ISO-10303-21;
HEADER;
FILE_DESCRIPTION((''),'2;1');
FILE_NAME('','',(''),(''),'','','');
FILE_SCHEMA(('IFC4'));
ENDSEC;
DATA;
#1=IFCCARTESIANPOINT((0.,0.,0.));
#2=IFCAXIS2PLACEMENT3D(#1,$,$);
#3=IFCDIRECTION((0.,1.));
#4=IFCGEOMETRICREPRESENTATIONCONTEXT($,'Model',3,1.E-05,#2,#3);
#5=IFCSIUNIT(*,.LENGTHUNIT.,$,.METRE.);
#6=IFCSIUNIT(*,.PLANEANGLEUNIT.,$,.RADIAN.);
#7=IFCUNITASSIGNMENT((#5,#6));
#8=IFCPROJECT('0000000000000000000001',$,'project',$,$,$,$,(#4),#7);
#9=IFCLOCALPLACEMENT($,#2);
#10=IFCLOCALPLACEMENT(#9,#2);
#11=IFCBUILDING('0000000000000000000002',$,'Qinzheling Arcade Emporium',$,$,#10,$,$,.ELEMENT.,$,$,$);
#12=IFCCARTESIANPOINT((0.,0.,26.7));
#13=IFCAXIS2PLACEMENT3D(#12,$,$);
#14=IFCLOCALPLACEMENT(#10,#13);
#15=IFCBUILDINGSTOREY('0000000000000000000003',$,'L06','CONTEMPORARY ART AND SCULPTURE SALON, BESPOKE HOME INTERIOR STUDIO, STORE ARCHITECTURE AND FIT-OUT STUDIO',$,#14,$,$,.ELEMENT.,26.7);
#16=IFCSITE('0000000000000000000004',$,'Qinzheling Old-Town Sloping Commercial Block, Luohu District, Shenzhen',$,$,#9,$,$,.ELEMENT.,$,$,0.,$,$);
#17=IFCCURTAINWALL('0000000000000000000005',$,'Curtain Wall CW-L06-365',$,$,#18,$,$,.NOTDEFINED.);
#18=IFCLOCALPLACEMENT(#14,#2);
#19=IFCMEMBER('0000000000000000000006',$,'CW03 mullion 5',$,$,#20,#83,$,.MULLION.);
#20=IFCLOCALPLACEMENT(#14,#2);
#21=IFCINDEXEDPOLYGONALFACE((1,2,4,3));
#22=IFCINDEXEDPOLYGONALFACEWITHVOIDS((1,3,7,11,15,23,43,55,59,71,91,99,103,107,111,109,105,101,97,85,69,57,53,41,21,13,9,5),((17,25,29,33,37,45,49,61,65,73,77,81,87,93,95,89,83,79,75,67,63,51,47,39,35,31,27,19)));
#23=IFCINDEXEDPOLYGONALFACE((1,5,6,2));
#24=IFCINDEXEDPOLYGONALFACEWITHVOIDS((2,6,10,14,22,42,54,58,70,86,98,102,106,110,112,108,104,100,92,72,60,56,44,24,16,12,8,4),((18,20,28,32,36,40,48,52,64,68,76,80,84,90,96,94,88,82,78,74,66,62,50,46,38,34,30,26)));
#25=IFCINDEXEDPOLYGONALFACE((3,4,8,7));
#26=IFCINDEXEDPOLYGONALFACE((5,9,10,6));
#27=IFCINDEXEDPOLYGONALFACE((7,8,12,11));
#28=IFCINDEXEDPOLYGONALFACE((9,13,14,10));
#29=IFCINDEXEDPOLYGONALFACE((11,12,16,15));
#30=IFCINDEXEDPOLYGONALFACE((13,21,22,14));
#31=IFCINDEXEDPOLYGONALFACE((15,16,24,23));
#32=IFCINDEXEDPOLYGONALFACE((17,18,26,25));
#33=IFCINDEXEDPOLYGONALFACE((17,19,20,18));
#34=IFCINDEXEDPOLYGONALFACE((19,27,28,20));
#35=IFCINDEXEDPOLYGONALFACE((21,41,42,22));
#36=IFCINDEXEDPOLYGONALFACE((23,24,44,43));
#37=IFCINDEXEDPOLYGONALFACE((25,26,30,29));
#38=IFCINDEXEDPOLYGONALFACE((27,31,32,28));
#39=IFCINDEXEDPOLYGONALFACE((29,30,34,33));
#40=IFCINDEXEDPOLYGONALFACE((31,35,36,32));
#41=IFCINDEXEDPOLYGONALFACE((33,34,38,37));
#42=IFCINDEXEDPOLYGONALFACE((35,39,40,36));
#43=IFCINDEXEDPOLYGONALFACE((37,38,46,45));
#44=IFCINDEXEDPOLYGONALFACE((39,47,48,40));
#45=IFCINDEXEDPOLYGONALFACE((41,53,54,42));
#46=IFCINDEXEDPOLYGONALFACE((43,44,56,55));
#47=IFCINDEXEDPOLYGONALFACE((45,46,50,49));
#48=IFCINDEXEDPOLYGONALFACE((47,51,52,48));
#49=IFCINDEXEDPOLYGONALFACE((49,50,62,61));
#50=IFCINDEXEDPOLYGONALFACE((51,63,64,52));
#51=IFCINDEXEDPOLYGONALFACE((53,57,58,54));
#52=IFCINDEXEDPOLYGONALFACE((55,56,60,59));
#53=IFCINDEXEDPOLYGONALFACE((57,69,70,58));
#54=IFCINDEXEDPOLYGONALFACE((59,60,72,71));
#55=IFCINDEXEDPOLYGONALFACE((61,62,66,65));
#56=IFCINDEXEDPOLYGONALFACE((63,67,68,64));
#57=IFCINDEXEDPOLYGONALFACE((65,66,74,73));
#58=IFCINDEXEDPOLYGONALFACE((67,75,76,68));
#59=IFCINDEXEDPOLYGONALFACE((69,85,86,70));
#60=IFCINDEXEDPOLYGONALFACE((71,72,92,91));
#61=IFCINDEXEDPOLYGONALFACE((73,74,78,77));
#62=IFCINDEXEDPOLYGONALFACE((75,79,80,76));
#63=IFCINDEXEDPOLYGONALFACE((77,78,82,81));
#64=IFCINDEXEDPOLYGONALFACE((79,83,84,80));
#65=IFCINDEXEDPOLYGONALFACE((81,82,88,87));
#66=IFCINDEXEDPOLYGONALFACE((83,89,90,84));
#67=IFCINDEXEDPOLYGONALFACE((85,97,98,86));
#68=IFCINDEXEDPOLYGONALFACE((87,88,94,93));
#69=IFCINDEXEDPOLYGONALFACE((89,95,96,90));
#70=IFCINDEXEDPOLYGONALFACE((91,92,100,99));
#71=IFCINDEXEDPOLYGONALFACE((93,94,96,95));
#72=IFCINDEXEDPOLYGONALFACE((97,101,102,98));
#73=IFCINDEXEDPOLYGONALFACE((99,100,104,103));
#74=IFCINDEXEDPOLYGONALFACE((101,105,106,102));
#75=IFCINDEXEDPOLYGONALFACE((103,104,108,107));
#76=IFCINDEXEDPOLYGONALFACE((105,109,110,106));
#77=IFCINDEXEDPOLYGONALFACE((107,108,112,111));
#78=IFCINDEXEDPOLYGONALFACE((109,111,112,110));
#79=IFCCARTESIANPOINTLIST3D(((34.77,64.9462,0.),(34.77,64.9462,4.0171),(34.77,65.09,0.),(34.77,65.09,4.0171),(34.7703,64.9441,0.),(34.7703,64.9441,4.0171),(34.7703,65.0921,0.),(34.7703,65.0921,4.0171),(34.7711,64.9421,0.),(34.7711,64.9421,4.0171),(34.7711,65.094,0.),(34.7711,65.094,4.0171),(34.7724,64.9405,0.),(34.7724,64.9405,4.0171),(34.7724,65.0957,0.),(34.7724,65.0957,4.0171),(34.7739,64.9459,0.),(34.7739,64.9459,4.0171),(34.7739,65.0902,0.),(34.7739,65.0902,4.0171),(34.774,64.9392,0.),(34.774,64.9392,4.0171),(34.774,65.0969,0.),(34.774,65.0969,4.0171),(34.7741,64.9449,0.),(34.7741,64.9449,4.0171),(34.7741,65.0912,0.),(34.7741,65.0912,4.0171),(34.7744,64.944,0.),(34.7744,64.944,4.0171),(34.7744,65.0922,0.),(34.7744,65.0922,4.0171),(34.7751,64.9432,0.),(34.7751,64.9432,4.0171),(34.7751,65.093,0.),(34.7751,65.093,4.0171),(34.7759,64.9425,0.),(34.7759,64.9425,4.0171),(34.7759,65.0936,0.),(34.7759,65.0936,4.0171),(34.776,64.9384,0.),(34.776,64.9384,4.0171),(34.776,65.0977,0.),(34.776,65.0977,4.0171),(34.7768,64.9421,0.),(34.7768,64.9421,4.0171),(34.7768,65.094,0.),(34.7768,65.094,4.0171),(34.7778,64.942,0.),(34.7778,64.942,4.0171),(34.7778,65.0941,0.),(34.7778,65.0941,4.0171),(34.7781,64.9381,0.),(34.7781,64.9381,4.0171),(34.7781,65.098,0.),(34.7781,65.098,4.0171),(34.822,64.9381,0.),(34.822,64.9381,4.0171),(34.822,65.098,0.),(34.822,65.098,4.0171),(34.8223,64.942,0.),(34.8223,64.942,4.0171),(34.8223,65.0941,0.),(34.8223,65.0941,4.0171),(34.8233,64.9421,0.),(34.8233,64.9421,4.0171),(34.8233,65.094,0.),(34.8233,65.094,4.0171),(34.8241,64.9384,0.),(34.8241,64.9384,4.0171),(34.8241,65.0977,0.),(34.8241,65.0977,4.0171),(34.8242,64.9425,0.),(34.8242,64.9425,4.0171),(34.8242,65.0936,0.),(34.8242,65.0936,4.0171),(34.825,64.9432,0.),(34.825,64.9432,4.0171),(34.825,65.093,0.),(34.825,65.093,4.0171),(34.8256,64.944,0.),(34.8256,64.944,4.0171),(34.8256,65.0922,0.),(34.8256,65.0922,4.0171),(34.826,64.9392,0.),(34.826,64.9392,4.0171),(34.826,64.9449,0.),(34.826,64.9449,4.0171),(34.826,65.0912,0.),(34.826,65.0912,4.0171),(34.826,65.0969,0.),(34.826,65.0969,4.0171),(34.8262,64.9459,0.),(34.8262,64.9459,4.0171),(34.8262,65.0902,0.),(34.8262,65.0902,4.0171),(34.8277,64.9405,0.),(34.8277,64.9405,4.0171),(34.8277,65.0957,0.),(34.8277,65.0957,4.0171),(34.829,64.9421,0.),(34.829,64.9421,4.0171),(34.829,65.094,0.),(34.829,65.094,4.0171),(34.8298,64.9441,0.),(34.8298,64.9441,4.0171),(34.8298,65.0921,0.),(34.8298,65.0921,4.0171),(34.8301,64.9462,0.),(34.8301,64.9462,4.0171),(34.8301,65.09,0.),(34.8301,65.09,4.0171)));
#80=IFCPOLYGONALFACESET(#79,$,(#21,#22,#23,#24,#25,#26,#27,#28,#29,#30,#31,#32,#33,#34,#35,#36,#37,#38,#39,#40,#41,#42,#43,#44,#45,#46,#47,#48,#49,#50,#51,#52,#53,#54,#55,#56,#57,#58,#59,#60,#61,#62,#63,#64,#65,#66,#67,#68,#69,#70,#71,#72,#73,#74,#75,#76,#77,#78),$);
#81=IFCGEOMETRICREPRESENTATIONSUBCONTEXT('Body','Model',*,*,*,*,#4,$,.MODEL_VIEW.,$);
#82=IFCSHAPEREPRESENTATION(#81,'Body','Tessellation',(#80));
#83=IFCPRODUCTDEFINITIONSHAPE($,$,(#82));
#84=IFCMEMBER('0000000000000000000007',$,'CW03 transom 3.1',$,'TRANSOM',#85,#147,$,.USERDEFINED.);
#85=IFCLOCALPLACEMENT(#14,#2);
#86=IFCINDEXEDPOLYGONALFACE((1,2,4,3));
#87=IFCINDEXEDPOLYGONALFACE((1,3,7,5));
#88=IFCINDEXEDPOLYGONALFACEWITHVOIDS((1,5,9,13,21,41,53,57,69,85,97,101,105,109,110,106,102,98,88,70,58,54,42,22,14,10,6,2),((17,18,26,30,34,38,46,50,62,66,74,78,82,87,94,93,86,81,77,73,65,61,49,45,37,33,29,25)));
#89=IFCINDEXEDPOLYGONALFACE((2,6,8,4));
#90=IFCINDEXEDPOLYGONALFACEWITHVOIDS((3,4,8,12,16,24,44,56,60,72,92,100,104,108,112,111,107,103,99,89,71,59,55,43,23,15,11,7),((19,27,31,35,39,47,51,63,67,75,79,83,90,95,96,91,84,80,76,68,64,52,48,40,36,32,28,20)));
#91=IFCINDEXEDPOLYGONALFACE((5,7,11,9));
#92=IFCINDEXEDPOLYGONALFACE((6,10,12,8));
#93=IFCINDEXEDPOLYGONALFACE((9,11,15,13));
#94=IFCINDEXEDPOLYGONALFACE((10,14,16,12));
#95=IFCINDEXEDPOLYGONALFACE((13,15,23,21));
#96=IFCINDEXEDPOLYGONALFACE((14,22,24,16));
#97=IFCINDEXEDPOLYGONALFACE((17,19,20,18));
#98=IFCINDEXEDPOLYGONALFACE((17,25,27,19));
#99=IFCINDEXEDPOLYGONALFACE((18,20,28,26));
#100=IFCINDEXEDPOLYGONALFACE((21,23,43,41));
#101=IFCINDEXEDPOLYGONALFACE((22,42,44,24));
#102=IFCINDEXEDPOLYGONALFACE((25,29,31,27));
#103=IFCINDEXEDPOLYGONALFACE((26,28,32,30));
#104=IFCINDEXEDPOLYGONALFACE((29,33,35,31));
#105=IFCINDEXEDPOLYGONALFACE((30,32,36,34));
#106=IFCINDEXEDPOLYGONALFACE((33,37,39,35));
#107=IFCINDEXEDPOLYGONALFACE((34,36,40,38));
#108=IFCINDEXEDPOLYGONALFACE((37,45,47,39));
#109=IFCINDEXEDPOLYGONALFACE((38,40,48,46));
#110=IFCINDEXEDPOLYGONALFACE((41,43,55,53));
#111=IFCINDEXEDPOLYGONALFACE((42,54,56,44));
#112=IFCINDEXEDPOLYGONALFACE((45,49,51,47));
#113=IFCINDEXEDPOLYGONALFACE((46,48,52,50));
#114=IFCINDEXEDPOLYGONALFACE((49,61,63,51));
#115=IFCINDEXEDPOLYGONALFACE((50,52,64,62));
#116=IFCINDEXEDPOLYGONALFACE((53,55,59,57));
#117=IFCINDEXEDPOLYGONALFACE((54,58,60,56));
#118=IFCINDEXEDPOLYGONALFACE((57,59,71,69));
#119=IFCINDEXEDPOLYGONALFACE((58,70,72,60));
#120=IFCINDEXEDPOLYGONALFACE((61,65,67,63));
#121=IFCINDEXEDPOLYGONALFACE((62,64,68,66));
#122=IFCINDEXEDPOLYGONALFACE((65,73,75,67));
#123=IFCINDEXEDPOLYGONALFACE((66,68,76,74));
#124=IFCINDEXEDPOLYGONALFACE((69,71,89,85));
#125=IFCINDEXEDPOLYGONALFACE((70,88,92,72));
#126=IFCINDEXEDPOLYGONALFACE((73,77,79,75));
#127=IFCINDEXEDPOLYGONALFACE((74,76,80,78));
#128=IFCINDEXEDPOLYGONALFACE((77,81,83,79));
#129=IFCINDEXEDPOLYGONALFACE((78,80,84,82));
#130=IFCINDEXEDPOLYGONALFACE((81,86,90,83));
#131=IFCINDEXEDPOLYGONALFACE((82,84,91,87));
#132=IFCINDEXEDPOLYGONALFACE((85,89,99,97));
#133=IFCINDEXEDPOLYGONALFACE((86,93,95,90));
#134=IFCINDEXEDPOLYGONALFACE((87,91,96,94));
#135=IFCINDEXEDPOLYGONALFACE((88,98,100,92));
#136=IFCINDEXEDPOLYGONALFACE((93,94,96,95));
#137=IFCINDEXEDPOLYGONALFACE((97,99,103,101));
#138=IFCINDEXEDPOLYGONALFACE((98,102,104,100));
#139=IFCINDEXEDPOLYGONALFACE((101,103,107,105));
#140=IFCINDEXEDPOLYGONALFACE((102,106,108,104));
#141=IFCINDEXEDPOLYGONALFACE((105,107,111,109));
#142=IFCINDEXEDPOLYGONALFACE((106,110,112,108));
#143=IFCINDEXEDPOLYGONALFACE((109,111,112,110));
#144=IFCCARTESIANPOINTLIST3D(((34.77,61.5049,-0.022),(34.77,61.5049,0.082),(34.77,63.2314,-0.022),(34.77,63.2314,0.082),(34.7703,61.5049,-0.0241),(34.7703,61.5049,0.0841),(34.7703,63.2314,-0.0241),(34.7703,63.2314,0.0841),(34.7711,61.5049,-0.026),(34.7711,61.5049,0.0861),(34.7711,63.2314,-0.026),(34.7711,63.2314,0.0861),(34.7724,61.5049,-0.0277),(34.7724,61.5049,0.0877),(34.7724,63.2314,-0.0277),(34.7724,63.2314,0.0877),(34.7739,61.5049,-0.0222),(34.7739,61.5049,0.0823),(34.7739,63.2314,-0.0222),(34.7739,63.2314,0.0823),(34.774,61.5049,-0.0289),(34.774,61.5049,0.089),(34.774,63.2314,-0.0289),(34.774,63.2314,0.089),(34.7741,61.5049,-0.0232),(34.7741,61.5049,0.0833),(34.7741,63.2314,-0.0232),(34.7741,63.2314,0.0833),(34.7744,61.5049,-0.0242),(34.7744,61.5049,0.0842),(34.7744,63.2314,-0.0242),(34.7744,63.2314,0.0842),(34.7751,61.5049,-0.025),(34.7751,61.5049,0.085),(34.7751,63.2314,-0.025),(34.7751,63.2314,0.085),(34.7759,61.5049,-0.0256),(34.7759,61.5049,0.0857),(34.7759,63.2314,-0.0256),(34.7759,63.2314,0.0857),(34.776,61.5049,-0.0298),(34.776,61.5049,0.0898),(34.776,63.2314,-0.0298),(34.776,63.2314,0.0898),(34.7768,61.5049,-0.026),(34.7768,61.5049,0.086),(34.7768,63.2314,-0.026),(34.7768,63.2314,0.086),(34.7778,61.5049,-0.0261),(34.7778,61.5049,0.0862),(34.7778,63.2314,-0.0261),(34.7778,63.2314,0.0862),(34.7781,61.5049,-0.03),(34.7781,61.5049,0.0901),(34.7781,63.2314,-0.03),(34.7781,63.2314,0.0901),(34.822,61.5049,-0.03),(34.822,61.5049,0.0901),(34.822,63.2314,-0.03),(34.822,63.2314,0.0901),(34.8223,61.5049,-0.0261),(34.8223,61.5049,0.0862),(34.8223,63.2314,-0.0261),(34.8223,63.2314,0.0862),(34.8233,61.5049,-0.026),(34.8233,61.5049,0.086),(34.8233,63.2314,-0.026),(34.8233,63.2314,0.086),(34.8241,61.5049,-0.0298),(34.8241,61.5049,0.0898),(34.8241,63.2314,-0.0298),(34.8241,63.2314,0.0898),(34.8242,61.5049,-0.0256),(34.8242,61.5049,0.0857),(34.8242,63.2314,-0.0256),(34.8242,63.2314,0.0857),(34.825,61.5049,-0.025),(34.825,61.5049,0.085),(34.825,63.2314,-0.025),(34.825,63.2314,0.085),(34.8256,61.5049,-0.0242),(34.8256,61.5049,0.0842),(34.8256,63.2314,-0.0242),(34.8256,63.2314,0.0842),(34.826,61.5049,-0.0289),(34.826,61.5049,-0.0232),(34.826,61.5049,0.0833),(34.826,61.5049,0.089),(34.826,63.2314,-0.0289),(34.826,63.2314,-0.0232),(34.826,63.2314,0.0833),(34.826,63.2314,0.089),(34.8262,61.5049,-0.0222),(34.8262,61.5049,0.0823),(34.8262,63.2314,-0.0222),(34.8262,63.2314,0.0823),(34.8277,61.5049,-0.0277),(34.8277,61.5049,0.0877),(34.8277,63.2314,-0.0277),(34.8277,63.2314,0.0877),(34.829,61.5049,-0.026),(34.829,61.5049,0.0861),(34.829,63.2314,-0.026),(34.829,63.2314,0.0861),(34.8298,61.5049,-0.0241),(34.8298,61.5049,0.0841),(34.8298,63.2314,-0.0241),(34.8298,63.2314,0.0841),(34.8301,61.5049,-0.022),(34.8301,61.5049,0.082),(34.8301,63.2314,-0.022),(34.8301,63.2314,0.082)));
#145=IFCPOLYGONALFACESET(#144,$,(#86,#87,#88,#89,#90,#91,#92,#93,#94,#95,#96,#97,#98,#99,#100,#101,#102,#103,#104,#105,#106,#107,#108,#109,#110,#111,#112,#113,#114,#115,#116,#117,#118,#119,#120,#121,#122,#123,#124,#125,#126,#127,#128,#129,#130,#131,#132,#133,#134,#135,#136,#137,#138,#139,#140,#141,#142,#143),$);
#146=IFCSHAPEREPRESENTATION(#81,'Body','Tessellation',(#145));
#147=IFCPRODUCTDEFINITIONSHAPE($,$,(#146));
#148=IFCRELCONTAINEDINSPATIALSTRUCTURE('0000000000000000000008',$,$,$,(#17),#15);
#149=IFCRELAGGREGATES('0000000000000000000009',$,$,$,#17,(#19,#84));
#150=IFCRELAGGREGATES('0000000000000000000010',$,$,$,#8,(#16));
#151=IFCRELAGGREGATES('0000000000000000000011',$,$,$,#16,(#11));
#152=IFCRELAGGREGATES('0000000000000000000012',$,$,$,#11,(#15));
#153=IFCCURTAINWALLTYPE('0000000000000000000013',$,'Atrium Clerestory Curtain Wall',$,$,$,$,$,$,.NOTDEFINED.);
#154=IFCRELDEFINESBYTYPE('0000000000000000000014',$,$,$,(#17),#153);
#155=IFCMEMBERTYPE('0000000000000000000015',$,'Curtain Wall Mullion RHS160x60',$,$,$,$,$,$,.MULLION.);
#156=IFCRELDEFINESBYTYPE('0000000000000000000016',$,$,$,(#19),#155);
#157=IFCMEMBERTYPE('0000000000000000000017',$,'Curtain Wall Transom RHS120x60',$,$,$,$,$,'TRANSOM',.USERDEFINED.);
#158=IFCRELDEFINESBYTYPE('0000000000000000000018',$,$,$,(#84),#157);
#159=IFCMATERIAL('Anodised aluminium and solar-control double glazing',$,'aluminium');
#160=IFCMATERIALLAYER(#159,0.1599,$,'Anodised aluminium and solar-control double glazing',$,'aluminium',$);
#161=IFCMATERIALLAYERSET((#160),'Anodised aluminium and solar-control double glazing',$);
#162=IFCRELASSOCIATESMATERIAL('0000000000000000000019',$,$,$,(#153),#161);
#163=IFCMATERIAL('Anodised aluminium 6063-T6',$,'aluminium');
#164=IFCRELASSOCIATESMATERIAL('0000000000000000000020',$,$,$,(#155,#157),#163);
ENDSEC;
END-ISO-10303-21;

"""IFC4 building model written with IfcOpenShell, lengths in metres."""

from ifc_helpers import new_model, si_unit, direction, frame, origin, origin_2d, place, context, subcontext, project, spatial, hollow_rectangle, extrude, material, layer, layer_set, material_profile, profile_set, type_object, element, aggregate, save


model = new_model("IFC4")

# Units and contexts
model_context = context("Model", 3, precision=1e-05, world=origin(), true_north=direction((0.0, 1.0)))
body_context = subcontext(model_context, "Body", "Model", "MODEL_VIEW")
ifc_project = project(units=[si_unit("LENGTHUNIT", "METRE"), si_unit("PLANEANGLEUNIT", "RADIAN")], contexts=[model_context])

# Site, building, storey
site_placement = place(None, origin())
site = spatial("IfcSite", under=ifc_project, at=site_placement, Name="Qinzheling Old-Town Sloping Commercial Block, Luohu District, Shenzhen", CompositionType="ELEMENT", RefElevation=0.0)
building_placement = place(site_placement, origin())
building = spatial("IfcBuilding", under=site, at=building_placement, Name="Qinzheling Arcade Emporium", CompositionType="ELEMENT")
storey_placement = place(building_placement, frame((0.0, 0.0, 26.7)))
storey = spatial("IfcBuildingStorey", under=building, at=storey_placement, Name="L06", Description="CONTEMPORARY ART AND SCULPTURE SALON, BESPOKE HOME INTERIOR STUDIO, STORE ARCHITECTURE AND FIT-OUT STUDIO", CompositionType="ELEMENT", Elevation=26.7)

# Curtain wall, members
ifc_material_1 = material(Name="Anodised aluminium and solar-control double glazing", Category="aluminium")
ifc_layer_1 = layer(ifc_material_1, 0.1599, Name="Anodised aluminium and solar-control double glazing", Category="aluminium")
ifc_layer_set_1 = layer_set([ifc_layer_1], Name="Anodised aluminium and solar-control double glazing")
curtain_wall_type = type_object("IfcCurtainWallType", Name="Atrium Clerestory Curtain Wall", PredefinedType="NOTDEFINED", material=ifc_layer_set_1)
curtain_wall_placement = place(storey_placement, origin())
curtain_wall = element("IfcCurtainWall", 1, at=curtain_wall_placement, inside=storey, type_object=curtain_wall_type, Name="Curtain Wall CW-L06-365", PredefinedType="NOTDEFINED")
ifc_material_2 = material(Name="Anodised aluminium 6063-T6", Category="aluminium")
ifc_material_profile_1 = material_profile(ifc_material_2, hollow_rectangle(XDim=0.0601, YDim=0.1599, WallThickness=0.0039, InnerFilletRadius=0.0039, OuterFilletRadius=0.0081, at=origin_2d()), Name="RHS 160x60x4", Category="aluminium")
ifc_profile_set_1 = profile_set([ifc_material_profile_1], Name="Anodised aluminium 6063-T6")
member_type_1 = type_object("IfcMemberType", Name="Curtain Wall Mullion RHS160x60", PredefinedType="MULLION", material=ifc_profile_set_1)
member_1_placement = place(storey_placement, frame((34.8, 65.0181, 0.0), z_axis=(0.0, 0.0, 1.0), x_axis=(-1.0, 0.0, 0.0)))
member_1 = element("IfcMember", 2, at=member_1_placement, type_object=member_type_1, Name="CW03 mullion 5", PredefinedType="MULLION", context=body_context, shape_type="SweptSolid", body=[
    extrude(hollow_rectangle(XDim=0.0601, YDim=0.1599, WallThickness=0.0039, InnerFilletRadius=0.0039, OuterFilletRadius=0.0081, at=origin_2d()), origin(), (0.0, 0.0, 1.0), 4.0171),
])
ifc_material_profile_2 = material_profile(ifc_material_2, hollow_rectangle(XDim=0.0601, YDim=0.1201, WallThickness=0.0039, InnerFilletRadius=0.0039, OuterFilletRadius=0.0081, at=origin_2d()), Name="RHS 120x60x4", Category="aluminium")
ifc_profile_set_2 = profile_set([ifc_material_profile_2], Name="Anodised aluminium 6063-T6")
member_type_2 = type_object("IfcMemberType", Name="Curtain Wall Transom RHS120x60", ElementType="TRANSOM", PredefinedType="USERDEFINED", material=ifc_profile_set_2)
member_2_placement = place(storey_placement, frame((34.8, 61.5049, 0.03), z_axis=(0.0, 1.0, 0.0), x_axis=(-1.0, 0.0, 0.0)))
member_2 = element("IfcMember", 3, at=member_2_placement, type_object=member_type_2, Name="CW03 transom 3.1", ObjectType="TRANSOM", PredefinedType="USERDEFINED", context=body_context, shape_type="SweptSolid", body=[
    extrude(hollow_rectangle(XDim=0.0601, YDim=0.1201, WallThickness=0.0039, InnerFilletRadius=0.0039, OuterFilletRadius=0.0081, at=origin_2d()), origin(), (0.0, 0.0, 1.0), 1.7266),
])

aggregate(curtain_wall, [member_1, member_2])

save(model, "model.ifc")
